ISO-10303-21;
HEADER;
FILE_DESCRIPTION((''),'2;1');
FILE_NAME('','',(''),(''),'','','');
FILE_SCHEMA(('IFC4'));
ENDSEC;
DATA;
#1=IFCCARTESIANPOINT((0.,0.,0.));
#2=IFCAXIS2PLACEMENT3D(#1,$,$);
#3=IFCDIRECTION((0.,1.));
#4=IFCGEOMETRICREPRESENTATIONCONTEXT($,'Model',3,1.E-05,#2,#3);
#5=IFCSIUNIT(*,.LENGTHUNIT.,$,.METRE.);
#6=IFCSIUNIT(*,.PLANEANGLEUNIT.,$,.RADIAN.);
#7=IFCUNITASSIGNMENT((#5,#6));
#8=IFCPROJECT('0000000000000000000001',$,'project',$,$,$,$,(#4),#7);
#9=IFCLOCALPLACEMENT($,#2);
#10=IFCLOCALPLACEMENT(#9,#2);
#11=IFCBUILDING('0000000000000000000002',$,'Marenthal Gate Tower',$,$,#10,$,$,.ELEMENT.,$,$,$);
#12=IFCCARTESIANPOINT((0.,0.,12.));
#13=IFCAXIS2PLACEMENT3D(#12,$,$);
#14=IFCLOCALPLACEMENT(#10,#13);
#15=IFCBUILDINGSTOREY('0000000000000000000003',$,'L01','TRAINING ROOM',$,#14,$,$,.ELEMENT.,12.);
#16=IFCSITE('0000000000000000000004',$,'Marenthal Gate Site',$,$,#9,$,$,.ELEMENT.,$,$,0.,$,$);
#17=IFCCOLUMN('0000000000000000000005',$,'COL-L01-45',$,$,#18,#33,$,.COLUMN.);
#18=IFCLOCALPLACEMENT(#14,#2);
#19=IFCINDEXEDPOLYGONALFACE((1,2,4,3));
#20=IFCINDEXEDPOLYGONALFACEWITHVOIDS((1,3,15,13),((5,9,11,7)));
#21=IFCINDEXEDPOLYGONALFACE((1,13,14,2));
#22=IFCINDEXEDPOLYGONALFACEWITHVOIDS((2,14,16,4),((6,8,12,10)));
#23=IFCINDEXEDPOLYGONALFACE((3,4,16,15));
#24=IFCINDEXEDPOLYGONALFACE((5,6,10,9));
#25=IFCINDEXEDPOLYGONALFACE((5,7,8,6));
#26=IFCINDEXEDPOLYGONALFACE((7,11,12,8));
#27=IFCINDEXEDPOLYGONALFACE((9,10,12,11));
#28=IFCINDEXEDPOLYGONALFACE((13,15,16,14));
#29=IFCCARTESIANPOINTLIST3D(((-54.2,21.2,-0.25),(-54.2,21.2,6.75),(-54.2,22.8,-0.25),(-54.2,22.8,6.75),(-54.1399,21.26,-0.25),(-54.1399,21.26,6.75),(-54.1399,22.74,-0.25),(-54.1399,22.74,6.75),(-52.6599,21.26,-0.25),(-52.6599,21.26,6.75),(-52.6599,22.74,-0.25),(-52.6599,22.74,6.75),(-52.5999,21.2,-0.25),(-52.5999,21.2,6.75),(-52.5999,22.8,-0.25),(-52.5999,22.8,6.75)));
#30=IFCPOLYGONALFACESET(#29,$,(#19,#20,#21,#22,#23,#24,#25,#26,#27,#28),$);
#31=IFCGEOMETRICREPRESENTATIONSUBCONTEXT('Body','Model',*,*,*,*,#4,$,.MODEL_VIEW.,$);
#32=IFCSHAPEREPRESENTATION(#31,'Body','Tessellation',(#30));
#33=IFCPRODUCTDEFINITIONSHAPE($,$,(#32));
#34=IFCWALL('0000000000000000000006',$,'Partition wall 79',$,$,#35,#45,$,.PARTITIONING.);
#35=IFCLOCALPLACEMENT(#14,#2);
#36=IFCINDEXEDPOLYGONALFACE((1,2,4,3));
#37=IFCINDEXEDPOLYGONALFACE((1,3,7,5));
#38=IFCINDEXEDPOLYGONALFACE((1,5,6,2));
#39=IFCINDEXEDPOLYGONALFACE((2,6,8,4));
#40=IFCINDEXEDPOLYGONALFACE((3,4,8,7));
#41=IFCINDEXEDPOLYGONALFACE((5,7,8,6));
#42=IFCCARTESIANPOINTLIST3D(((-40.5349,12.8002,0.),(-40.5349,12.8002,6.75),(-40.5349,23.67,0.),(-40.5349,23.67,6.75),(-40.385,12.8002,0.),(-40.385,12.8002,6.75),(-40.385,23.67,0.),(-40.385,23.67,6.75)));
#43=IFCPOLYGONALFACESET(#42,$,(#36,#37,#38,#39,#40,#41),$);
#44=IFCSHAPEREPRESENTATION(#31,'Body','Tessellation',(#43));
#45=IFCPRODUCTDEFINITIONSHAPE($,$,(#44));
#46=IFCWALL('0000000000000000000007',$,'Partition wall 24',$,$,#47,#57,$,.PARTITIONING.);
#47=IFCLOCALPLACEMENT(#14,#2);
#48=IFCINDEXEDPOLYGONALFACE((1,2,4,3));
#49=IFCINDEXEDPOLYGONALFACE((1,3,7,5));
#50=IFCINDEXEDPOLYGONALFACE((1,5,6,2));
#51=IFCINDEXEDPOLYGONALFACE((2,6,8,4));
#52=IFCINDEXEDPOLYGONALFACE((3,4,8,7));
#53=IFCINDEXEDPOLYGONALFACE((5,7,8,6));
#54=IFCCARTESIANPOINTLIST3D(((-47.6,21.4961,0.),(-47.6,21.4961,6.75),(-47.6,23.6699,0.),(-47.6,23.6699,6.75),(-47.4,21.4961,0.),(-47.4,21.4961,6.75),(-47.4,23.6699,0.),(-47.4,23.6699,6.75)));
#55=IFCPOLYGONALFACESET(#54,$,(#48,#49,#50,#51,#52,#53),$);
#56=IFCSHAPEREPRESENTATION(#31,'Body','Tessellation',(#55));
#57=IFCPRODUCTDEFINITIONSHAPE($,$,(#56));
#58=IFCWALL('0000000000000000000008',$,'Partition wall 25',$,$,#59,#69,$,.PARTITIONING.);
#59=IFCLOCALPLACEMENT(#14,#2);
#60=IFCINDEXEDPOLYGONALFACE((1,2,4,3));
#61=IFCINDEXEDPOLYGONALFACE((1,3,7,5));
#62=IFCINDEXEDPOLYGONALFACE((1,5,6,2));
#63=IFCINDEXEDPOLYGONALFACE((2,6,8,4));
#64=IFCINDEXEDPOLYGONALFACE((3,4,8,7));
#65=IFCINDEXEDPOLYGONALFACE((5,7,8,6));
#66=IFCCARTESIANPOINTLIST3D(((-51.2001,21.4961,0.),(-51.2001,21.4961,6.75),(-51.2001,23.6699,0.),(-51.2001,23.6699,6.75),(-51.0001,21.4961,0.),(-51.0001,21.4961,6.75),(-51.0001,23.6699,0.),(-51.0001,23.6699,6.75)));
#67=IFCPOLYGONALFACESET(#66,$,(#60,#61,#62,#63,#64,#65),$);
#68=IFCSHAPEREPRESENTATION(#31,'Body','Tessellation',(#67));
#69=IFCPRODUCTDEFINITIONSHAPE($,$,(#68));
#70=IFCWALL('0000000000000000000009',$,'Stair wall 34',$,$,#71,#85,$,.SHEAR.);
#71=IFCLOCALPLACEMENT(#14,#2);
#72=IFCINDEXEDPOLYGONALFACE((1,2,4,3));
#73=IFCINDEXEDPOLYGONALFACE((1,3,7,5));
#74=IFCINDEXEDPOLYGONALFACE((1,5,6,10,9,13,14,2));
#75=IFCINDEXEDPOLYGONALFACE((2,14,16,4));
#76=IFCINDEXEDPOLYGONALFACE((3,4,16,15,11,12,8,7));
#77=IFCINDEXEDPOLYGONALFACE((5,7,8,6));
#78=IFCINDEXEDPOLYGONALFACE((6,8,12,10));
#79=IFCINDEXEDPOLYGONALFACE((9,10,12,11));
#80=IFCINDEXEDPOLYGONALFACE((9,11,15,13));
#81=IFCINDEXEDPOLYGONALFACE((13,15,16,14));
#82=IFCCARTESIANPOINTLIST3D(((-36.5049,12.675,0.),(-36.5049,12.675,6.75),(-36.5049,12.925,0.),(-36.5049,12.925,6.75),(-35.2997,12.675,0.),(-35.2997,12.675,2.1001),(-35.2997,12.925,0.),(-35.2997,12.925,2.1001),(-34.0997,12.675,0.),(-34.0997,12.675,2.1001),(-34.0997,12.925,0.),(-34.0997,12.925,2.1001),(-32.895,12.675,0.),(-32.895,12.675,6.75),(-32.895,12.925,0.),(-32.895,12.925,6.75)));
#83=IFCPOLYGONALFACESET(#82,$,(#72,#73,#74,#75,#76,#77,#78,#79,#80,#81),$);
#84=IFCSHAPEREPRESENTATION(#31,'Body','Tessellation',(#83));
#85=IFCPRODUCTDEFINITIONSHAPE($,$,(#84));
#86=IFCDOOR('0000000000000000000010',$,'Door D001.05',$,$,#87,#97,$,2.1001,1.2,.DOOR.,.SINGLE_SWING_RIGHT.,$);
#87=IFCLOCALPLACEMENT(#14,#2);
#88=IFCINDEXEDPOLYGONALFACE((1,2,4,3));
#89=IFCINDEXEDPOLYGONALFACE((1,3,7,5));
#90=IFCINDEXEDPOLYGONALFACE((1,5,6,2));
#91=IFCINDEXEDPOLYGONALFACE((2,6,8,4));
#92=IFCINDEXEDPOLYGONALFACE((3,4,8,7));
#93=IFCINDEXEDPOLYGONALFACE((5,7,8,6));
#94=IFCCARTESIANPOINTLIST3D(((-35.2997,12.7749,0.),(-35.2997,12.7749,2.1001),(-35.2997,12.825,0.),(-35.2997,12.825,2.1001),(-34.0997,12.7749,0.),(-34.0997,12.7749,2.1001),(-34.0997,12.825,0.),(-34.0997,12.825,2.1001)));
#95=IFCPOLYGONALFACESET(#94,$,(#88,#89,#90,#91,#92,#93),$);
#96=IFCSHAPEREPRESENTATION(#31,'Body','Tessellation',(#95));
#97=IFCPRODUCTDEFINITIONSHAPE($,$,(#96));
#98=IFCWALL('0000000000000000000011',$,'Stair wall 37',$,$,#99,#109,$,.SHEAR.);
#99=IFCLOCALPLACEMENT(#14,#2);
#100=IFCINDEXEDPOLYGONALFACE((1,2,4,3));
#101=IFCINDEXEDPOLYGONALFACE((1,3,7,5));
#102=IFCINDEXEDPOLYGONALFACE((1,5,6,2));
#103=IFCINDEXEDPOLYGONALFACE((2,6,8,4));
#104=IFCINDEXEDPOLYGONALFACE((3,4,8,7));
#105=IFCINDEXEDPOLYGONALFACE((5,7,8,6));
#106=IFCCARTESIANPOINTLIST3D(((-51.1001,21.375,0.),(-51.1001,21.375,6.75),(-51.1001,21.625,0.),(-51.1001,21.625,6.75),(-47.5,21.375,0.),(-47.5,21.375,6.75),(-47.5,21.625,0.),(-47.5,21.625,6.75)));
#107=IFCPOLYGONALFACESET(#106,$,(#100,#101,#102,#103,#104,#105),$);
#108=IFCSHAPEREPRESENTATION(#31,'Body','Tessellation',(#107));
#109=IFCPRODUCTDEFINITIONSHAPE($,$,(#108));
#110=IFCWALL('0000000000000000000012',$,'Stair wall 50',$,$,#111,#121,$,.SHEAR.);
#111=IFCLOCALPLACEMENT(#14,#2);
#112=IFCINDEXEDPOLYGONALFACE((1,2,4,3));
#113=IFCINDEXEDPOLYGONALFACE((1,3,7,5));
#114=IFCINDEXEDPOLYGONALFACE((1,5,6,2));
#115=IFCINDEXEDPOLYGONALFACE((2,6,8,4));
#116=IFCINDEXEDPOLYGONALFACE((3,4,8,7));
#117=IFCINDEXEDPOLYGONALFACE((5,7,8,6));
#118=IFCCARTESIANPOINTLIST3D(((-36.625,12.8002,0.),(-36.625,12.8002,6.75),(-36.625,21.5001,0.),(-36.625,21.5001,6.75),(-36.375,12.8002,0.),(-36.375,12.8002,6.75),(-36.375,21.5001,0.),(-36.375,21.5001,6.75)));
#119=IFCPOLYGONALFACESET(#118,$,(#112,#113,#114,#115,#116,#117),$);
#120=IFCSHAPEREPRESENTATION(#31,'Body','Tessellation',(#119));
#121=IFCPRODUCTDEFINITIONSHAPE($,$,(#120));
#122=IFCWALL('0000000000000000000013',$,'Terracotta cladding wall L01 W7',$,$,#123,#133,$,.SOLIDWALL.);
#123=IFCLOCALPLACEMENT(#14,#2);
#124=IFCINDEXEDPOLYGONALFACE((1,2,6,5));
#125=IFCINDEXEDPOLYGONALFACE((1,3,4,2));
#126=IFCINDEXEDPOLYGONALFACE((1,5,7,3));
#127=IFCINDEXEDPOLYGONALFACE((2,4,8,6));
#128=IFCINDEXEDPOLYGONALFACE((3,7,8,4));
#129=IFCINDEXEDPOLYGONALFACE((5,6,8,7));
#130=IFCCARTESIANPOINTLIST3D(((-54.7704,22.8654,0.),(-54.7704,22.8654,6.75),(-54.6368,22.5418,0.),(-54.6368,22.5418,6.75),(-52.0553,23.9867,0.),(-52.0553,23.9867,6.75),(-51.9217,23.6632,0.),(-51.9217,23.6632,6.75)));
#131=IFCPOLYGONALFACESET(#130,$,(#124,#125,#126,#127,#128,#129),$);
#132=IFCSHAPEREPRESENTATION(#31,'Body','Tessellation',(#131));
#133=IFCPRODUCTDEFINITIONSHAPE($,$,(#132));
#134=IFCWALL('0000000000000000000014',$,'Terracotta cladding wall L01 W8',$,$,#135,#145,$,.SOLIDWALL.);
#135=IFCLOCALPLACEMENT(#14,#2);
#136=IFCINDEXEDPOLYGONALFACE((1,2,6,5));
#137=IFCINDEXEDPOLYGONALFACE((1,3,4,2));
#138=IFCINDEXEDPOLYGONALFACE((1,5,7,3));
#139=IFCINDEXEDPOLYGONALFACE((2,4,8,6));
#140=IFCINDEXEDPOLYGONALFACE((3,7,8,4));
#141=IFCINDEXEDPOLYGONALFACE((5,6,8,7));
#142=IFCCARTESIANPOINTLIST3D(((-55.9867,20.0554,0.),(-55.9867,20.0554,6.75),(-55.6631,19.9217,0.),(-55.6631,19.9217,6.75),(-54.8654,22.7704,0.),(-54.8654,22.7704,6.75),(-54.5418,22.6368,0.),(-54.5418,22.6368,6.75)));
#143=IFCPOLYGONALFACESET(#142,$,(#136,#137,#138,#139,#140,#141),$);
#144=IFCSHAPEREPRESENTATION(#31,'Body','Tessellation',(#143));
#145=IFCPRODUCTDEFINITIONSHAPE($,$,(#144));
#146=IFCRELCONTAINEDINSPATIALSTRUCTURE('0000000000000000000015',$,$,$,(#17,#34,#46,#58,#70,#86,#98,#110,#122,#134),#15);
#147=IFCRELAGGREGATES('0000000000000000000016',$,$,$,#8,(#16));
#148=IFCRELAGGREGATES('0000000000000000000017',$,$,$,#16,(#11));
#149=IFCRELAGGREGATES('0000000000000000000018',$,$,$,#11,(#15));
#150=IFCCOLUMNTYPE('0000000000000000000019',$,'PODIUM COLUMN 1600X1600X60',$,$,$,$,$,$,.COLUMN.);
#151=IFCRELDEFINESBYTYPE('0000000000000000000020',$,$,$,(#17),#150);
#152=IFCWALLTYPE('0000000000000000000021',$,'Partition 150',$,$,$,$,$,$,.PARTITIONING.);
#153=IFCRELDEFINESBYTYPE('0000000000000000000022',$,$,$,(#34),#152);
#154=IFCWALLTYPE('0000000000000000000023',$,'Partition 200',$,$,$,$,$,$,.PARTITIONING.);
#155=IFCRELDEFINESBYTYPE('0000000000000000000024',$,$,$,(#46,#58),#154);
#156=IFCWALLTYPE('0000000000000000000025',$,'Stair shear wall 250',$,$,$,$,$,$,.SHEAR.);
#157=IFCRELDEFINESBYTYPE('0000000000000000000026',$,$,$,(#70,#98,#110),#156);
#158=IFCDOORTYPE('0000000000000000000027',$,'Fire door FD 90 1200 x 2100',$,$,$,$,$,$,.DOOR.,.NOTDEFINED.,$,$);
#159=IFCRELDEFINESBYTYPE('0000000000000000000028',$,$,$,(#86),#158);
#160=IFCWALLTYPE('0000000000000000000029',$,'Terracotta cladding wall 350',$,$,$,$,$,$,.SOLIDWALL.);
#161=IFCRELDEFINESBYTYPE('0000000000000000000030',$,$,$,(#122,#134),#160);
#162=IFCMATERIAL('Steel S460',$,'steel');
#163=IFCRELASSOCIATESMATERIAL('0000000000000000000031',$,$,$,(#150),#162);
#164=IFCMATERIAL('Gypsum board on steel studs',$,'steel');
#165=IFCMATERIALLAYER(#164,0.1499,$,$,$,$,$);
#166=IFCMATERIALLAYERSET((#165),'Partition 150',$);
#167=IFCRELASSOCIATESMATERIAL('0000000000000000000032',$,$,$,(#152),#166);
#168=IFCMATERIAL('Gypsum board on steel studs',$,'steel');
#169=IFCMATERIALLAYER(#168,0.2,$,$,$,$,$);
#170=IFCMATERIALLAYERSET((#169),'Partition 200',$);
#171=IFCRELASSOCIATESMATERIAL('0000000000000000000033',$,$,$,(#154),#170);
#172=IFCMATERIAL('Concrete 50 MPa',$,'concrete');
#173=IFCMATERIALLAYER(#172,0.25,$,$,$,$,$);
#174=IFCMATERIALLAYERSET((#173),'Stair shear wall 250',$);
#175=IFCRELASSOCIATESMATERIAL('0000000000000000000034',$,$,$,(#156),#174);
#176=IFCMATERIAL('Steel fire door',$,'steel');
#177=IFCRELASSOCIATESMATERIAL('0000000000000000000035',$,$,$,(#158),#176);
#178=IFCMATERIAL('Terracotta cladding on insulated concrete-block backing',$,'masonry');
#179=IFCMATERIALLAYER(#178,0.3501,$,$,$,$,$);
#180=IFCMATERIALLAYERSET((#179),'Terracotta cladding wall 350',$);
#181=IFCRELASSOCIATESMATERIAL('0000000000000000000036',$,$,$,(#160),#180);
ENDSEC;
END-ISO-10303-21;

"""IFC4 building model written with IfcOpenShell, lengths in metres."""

from ifc_helpers import new_model, si_unit, direction, frame, frame_2d, origin, origin_2d, place, context, subcontext, project, spatial, rectangle, hollow_rectangle, extrude, material, layer, layer_set, material_profile, profile_set, type_object, element, fill, save


model = new_model("IFC4")

# Units and contexts
model_context = context("Model", 3, precision=1e-05, world=origin(), true_north=direction((0.0, 1.0)))
body_context = subcontext(model_context, "Body", "Model", "MODEL_VIEW")
ifc_project = project(units=[si_unit("LENGTHUNIT", "METRE"), si_unit("PLANEANGLEUNIT", "RADIAN")], contexts=[model_context])

# Site, building, storey
site_placement = place(None, origin())
site = spatial("IfcSite", under=ifc_project, at=site_placement, Name="Marenthal Gate Site", CompositionType="ELEMENT", RefElevation=0.0)
building_placement = place(site_placement, origin())
building = spatial("IfcBuilding", under=site, at=building_placement, Name="Marenthal Gate Tower", CompositionType="ELEMENT")
storey_placement = place(building_placement, frame((0.0, 0.0, 12.0)))
storey = spatial("IfcBuildingStorey", under=building, at=storey_placement, Name="L01", Description="TRAINING ROOM", CompositionType="ELEMENT", Elevation=12.0)

# Column
ifc_material_1 = material(Name="Steel S460", Category="steel")
ifc_material_profile_1 = material_profile(ifc_material_1, hollow_rectangle(XDim=1.6001, YDim=1.6001, WallThickness=0.0601, at=origin_2d()), Name="CFT BOX 1600X1600X60")
ifc_material_2 = material(Name="Concrete 70 MPa", Category="concrete")
ifc_material_profile_2 = material_profile(ifc_material_2, rectangle(XDim=1.48, YDim=1.48, at=origin_2d()), Name="CFT BOX 1600X1600X60 INFILL")
ifc_profile_set = profile_set([ifc_material_profile_1, ifc_material_profile_2], Name="Steel S460 shell, Concrete 70 MPa infill")
column_type = type_object("IfcColumnType", Name="PODIUM COLUMN 1600X1600X60", PredefinedType="COLUMN", material=ifc_profile_set)
column_placement = place(storey_placement, frame((-53.3999, 22.0, -0.25), z_axis=(0.0, 0.0, 1.0), x_axis=(1.0, 0.0, 0.0)))
element("IfcColumn", 1, at=column_placement, inside=storey, type_object=column_type, Name="COL-L01-45", PredefinedType="COLUMN", context=body_context, shape_type="SweptSolid", body=[
    extrude(hollow_rectangle(XDim=1.6001, YDim=1.6001, WallThickness=0.0601, at=origin_2d()), origin(), (0.0, 0.0, 1.0), 7.0),
])

# Walls
ifc_material_3 = material(Name="Gypsum board on steel studs", Category="steel")
ifc_layer_1 = layer(ifc_material_3, 0.1499)
ifc_layer_set_1 = layer_set([ifc_layer_1], Name="Partition 150")
wall_type_1 = type_object("IfcWallType", Name="Partition 150", PredefinedType="PARTITIONING", material=ifc_layer_set_1)
wall_1_placement = place(storey_placement, frame((-40.46, 12.8, 0.0), z_axis=(0.0, 0.0, 1.0), x_axis=(0.0, 1.0, 0.0)))
element("IfcWall", 2, at=wall_1_placement, inside=storey, type_object=wall_type_1, Name="Partition wall 79", PredefinedType="PARTITIONING", context=body_context, shape_type="SweptSolid", body=[
    extrude(rectangle(XDim=10.8699, YDim=0.1499, at=frame_2d((5.4351, 0.0))), origin(), (0.0, 0.0, 1.0), 6.75),
])
ifc_material_4 = material(Name="Gypsum board on steel studs", Category="steel")
ifc_layer_2 = layer(ifc_material_4, 0.2)
ifc_layer_set_2 = layer_set([ifc_layer_2], Name="Partition 200")
wall_type_2 = type_object("IfcWallType", Name="Partition 200", PredefinedType="PARTITIONING", material=ifc_layer_set_2)
for number, where, z_axis, x_axis, name in (
    (3, (-47.5, 21.4961, 0.0), (0.0, 0.0, 1.0), (0.0, 1.0, 0.0), "Partition wall 24"),
    (4, (-51.1001, 21.4961, 0.0), (0.0, 0.0, 1.0), (0.0, 1.0, 0.0), "Partition wall 25"),
):
    element("IfcWall", number, at=place(storey_placement, frame(where, z_axis=z_axis, x_axis=x_axis)), inside=storey, type_object=wall_type_2, Name=name, PredefinedType="PARTITIONING", context=body_context, shape_type="SweptSolid", body=[
        extrude(rectangle(XDim=2.1738, YDim=0.2, at=frame_2d((1.0869, 0.0))), origin(), (0.0, 0.0, 1.0), 6.75),
    ])

# Wall, opening, door
ifc_material_5 = material(Name="Concrete 50 MPa", Category="concrete")
ifc_layer_3 = layer(ifc_material_5, 0.25)
ifc_layer_set_3 = layer_set([ifc_layer_3], Name="Stair shear wall 250")
wall_type_3 = type_object("IfcWallType", Name="Stair shear wall 250", PredefinedType="SHEAR", material=ifc_layer_set_3)
wall_2_placement = place(storey_placement, frame((-36.5049, 12.8, 0.0), z_axis=(0.0, 0.0, 1.0), x_axis=(1.0, 0.0, 0.0)))
wall_2 = element("IfcWall", 5, at=wall_2_placement, inside=storey, type_object=wall_type_3, Name="Stair wall 34", PredefinedType="SHEAR", context=body_context, shape_type="SweptSolid", body=[
    extrude(rectangle(XDim=3.6099, YDim=0.25, at=frame_2d((1.8049, 0.0))), origin(), (0.0, 0.0, 1.0), 6.75),
])
opening_1_placement = place(wall_2_placement, frame((1.2051, 0.0, 0.0)))
opening_1 = element("IfcOpeningElement", 6, at=opening_1_placement, cuts=wall_2, PredefinedType="OPENING", context=body_context, shape_type="SweptSolid", body=[
    extrude(rectangle(XDim=1.2, YDim=2.1001, at=frame_2d((0.6001, 1.05))), frame((0.0, 0.135, 0.0), z_axis=(0.0, -1.0, 0.0), x_axis=(1.0, 0.0, 0.0)), (0.0, 0.0, 1.0), 0.27),
])
ifc_material_6 = material(Name="Steel fire door", Category="steel")
door_type = type_object("IfcDoorType", Name="Fire door FD 90 1200 x 2100", OperationType="NOTDEFINED", PredefinedType="DOOR", material=ifc_material_6)
door_placement = place(opening_1_placement, origin())
door = element("IfcDoor", 7, at=door_placement, inside=storey, type_object=door_type, Name="Door D001.05", OperationType="SINGLE_SWING_RIGHT", OverallHeight=2.1001, OverallWidth=1.2, PredefinedType="DOOR", context=body_context, shape_type="SweptSolid", body=[
    extrude(rectangle(XDim=1.2, YDim=2.1001, at=frame_2d((0.6001, 1.05))), frame((0.0, 0.0249, 0.0), z_axis=(0.0, -1.0, 0.0), x_axis=(1.0, 0.0, 0.0)), (0.0, 0.0, 1.0), 0.05),
])
fill(opening_1, door)

# Walls
wall_3_placement = place(storey_placement, frame((-51.1001, 21.5, 0.0), z_axis=(0.0, 0.0, 1.0), x_axis=(1.0, 0.0, 0.0)))
element("IfcWall", 8, at=wall_3_placement, inside=storey, type_object=wall_type_3, Name="Stair wall 37", PredefinedType="SHEAR", context=body_context, shape_type="SweptSolid", body=[
    extrude(rectangle(XDim=3.6001, YDim=0.25, at=frame_2d((1.8, 0.0))), origin(), (0.0, 0.0, 1.0), 6.75),
])
wall_4_placement = place(storey_placement, frame((-36.5, 12.8, 0.0), z_axis=(0.0, 0.0, 1.0), x_axis=(0.0, 1.0, 0.0)))
element("IfcWall", 9, at=wall_4_placement, inside=storey, type_object=wall_type_3, Name="Stair wall 50", PredefinedType="SHEAR", context=body_context, shape_type="SweptSolid", body=[
    extrude(rectangle(XDim=8.7, YDim=0.25, at=frame_2d((4.3501, 0.0))), origin(), (0.0, 0.0, 1.0), 6.75),
])
ifc_material_7 = material(Name="Terracotta cladding on insulated concrete-block backing", Category="masonry")
ifc_layer_4 = layer(ifc_material_7, 0.3501)
ifc_layer_set_4 = layer_set([ifc_layer_4], Name="Terracotta cladding wall 350")
wall_type_4 = type_object("IfcWallType", Name="Terracotta cladding wall 350", PredefinedType="SOLIDWALL", material=ifc_layer_set_4)
for number, where, z_axis, x_axis, name in (
    (10, (-51.9885, 23.825, 0.0), (0.0, 0.0, 1.0), (-0.924275, -0.381728, 0.0), "Terracotta cladding wall L01 W7"),
    (11, (-54.7036, 22.7036, 0.0), (0.0, 0.0, 1.0), (-0.381728, -0.924275, 0.0), "Terracotta cladding wall L01 W8"),
):
    element("IfcWall", number, at=place(storey_placement, frame(where, z_axis=z_axis, x_axis=x_axis)), inside=storey, type_object=wall_type_4, Name=name, PredefinedType="SOLIDWALL", context=body_context, shape_type="SweptSolid", body=[
        extrude(rectangle(XDim=2.9375, YDim=0.3501, at=frame_2d((1.4688, 0.0))), origin(), (0.0, 0.0, 1.0), 6.75),
    ])

save(model, "model.ifc")
